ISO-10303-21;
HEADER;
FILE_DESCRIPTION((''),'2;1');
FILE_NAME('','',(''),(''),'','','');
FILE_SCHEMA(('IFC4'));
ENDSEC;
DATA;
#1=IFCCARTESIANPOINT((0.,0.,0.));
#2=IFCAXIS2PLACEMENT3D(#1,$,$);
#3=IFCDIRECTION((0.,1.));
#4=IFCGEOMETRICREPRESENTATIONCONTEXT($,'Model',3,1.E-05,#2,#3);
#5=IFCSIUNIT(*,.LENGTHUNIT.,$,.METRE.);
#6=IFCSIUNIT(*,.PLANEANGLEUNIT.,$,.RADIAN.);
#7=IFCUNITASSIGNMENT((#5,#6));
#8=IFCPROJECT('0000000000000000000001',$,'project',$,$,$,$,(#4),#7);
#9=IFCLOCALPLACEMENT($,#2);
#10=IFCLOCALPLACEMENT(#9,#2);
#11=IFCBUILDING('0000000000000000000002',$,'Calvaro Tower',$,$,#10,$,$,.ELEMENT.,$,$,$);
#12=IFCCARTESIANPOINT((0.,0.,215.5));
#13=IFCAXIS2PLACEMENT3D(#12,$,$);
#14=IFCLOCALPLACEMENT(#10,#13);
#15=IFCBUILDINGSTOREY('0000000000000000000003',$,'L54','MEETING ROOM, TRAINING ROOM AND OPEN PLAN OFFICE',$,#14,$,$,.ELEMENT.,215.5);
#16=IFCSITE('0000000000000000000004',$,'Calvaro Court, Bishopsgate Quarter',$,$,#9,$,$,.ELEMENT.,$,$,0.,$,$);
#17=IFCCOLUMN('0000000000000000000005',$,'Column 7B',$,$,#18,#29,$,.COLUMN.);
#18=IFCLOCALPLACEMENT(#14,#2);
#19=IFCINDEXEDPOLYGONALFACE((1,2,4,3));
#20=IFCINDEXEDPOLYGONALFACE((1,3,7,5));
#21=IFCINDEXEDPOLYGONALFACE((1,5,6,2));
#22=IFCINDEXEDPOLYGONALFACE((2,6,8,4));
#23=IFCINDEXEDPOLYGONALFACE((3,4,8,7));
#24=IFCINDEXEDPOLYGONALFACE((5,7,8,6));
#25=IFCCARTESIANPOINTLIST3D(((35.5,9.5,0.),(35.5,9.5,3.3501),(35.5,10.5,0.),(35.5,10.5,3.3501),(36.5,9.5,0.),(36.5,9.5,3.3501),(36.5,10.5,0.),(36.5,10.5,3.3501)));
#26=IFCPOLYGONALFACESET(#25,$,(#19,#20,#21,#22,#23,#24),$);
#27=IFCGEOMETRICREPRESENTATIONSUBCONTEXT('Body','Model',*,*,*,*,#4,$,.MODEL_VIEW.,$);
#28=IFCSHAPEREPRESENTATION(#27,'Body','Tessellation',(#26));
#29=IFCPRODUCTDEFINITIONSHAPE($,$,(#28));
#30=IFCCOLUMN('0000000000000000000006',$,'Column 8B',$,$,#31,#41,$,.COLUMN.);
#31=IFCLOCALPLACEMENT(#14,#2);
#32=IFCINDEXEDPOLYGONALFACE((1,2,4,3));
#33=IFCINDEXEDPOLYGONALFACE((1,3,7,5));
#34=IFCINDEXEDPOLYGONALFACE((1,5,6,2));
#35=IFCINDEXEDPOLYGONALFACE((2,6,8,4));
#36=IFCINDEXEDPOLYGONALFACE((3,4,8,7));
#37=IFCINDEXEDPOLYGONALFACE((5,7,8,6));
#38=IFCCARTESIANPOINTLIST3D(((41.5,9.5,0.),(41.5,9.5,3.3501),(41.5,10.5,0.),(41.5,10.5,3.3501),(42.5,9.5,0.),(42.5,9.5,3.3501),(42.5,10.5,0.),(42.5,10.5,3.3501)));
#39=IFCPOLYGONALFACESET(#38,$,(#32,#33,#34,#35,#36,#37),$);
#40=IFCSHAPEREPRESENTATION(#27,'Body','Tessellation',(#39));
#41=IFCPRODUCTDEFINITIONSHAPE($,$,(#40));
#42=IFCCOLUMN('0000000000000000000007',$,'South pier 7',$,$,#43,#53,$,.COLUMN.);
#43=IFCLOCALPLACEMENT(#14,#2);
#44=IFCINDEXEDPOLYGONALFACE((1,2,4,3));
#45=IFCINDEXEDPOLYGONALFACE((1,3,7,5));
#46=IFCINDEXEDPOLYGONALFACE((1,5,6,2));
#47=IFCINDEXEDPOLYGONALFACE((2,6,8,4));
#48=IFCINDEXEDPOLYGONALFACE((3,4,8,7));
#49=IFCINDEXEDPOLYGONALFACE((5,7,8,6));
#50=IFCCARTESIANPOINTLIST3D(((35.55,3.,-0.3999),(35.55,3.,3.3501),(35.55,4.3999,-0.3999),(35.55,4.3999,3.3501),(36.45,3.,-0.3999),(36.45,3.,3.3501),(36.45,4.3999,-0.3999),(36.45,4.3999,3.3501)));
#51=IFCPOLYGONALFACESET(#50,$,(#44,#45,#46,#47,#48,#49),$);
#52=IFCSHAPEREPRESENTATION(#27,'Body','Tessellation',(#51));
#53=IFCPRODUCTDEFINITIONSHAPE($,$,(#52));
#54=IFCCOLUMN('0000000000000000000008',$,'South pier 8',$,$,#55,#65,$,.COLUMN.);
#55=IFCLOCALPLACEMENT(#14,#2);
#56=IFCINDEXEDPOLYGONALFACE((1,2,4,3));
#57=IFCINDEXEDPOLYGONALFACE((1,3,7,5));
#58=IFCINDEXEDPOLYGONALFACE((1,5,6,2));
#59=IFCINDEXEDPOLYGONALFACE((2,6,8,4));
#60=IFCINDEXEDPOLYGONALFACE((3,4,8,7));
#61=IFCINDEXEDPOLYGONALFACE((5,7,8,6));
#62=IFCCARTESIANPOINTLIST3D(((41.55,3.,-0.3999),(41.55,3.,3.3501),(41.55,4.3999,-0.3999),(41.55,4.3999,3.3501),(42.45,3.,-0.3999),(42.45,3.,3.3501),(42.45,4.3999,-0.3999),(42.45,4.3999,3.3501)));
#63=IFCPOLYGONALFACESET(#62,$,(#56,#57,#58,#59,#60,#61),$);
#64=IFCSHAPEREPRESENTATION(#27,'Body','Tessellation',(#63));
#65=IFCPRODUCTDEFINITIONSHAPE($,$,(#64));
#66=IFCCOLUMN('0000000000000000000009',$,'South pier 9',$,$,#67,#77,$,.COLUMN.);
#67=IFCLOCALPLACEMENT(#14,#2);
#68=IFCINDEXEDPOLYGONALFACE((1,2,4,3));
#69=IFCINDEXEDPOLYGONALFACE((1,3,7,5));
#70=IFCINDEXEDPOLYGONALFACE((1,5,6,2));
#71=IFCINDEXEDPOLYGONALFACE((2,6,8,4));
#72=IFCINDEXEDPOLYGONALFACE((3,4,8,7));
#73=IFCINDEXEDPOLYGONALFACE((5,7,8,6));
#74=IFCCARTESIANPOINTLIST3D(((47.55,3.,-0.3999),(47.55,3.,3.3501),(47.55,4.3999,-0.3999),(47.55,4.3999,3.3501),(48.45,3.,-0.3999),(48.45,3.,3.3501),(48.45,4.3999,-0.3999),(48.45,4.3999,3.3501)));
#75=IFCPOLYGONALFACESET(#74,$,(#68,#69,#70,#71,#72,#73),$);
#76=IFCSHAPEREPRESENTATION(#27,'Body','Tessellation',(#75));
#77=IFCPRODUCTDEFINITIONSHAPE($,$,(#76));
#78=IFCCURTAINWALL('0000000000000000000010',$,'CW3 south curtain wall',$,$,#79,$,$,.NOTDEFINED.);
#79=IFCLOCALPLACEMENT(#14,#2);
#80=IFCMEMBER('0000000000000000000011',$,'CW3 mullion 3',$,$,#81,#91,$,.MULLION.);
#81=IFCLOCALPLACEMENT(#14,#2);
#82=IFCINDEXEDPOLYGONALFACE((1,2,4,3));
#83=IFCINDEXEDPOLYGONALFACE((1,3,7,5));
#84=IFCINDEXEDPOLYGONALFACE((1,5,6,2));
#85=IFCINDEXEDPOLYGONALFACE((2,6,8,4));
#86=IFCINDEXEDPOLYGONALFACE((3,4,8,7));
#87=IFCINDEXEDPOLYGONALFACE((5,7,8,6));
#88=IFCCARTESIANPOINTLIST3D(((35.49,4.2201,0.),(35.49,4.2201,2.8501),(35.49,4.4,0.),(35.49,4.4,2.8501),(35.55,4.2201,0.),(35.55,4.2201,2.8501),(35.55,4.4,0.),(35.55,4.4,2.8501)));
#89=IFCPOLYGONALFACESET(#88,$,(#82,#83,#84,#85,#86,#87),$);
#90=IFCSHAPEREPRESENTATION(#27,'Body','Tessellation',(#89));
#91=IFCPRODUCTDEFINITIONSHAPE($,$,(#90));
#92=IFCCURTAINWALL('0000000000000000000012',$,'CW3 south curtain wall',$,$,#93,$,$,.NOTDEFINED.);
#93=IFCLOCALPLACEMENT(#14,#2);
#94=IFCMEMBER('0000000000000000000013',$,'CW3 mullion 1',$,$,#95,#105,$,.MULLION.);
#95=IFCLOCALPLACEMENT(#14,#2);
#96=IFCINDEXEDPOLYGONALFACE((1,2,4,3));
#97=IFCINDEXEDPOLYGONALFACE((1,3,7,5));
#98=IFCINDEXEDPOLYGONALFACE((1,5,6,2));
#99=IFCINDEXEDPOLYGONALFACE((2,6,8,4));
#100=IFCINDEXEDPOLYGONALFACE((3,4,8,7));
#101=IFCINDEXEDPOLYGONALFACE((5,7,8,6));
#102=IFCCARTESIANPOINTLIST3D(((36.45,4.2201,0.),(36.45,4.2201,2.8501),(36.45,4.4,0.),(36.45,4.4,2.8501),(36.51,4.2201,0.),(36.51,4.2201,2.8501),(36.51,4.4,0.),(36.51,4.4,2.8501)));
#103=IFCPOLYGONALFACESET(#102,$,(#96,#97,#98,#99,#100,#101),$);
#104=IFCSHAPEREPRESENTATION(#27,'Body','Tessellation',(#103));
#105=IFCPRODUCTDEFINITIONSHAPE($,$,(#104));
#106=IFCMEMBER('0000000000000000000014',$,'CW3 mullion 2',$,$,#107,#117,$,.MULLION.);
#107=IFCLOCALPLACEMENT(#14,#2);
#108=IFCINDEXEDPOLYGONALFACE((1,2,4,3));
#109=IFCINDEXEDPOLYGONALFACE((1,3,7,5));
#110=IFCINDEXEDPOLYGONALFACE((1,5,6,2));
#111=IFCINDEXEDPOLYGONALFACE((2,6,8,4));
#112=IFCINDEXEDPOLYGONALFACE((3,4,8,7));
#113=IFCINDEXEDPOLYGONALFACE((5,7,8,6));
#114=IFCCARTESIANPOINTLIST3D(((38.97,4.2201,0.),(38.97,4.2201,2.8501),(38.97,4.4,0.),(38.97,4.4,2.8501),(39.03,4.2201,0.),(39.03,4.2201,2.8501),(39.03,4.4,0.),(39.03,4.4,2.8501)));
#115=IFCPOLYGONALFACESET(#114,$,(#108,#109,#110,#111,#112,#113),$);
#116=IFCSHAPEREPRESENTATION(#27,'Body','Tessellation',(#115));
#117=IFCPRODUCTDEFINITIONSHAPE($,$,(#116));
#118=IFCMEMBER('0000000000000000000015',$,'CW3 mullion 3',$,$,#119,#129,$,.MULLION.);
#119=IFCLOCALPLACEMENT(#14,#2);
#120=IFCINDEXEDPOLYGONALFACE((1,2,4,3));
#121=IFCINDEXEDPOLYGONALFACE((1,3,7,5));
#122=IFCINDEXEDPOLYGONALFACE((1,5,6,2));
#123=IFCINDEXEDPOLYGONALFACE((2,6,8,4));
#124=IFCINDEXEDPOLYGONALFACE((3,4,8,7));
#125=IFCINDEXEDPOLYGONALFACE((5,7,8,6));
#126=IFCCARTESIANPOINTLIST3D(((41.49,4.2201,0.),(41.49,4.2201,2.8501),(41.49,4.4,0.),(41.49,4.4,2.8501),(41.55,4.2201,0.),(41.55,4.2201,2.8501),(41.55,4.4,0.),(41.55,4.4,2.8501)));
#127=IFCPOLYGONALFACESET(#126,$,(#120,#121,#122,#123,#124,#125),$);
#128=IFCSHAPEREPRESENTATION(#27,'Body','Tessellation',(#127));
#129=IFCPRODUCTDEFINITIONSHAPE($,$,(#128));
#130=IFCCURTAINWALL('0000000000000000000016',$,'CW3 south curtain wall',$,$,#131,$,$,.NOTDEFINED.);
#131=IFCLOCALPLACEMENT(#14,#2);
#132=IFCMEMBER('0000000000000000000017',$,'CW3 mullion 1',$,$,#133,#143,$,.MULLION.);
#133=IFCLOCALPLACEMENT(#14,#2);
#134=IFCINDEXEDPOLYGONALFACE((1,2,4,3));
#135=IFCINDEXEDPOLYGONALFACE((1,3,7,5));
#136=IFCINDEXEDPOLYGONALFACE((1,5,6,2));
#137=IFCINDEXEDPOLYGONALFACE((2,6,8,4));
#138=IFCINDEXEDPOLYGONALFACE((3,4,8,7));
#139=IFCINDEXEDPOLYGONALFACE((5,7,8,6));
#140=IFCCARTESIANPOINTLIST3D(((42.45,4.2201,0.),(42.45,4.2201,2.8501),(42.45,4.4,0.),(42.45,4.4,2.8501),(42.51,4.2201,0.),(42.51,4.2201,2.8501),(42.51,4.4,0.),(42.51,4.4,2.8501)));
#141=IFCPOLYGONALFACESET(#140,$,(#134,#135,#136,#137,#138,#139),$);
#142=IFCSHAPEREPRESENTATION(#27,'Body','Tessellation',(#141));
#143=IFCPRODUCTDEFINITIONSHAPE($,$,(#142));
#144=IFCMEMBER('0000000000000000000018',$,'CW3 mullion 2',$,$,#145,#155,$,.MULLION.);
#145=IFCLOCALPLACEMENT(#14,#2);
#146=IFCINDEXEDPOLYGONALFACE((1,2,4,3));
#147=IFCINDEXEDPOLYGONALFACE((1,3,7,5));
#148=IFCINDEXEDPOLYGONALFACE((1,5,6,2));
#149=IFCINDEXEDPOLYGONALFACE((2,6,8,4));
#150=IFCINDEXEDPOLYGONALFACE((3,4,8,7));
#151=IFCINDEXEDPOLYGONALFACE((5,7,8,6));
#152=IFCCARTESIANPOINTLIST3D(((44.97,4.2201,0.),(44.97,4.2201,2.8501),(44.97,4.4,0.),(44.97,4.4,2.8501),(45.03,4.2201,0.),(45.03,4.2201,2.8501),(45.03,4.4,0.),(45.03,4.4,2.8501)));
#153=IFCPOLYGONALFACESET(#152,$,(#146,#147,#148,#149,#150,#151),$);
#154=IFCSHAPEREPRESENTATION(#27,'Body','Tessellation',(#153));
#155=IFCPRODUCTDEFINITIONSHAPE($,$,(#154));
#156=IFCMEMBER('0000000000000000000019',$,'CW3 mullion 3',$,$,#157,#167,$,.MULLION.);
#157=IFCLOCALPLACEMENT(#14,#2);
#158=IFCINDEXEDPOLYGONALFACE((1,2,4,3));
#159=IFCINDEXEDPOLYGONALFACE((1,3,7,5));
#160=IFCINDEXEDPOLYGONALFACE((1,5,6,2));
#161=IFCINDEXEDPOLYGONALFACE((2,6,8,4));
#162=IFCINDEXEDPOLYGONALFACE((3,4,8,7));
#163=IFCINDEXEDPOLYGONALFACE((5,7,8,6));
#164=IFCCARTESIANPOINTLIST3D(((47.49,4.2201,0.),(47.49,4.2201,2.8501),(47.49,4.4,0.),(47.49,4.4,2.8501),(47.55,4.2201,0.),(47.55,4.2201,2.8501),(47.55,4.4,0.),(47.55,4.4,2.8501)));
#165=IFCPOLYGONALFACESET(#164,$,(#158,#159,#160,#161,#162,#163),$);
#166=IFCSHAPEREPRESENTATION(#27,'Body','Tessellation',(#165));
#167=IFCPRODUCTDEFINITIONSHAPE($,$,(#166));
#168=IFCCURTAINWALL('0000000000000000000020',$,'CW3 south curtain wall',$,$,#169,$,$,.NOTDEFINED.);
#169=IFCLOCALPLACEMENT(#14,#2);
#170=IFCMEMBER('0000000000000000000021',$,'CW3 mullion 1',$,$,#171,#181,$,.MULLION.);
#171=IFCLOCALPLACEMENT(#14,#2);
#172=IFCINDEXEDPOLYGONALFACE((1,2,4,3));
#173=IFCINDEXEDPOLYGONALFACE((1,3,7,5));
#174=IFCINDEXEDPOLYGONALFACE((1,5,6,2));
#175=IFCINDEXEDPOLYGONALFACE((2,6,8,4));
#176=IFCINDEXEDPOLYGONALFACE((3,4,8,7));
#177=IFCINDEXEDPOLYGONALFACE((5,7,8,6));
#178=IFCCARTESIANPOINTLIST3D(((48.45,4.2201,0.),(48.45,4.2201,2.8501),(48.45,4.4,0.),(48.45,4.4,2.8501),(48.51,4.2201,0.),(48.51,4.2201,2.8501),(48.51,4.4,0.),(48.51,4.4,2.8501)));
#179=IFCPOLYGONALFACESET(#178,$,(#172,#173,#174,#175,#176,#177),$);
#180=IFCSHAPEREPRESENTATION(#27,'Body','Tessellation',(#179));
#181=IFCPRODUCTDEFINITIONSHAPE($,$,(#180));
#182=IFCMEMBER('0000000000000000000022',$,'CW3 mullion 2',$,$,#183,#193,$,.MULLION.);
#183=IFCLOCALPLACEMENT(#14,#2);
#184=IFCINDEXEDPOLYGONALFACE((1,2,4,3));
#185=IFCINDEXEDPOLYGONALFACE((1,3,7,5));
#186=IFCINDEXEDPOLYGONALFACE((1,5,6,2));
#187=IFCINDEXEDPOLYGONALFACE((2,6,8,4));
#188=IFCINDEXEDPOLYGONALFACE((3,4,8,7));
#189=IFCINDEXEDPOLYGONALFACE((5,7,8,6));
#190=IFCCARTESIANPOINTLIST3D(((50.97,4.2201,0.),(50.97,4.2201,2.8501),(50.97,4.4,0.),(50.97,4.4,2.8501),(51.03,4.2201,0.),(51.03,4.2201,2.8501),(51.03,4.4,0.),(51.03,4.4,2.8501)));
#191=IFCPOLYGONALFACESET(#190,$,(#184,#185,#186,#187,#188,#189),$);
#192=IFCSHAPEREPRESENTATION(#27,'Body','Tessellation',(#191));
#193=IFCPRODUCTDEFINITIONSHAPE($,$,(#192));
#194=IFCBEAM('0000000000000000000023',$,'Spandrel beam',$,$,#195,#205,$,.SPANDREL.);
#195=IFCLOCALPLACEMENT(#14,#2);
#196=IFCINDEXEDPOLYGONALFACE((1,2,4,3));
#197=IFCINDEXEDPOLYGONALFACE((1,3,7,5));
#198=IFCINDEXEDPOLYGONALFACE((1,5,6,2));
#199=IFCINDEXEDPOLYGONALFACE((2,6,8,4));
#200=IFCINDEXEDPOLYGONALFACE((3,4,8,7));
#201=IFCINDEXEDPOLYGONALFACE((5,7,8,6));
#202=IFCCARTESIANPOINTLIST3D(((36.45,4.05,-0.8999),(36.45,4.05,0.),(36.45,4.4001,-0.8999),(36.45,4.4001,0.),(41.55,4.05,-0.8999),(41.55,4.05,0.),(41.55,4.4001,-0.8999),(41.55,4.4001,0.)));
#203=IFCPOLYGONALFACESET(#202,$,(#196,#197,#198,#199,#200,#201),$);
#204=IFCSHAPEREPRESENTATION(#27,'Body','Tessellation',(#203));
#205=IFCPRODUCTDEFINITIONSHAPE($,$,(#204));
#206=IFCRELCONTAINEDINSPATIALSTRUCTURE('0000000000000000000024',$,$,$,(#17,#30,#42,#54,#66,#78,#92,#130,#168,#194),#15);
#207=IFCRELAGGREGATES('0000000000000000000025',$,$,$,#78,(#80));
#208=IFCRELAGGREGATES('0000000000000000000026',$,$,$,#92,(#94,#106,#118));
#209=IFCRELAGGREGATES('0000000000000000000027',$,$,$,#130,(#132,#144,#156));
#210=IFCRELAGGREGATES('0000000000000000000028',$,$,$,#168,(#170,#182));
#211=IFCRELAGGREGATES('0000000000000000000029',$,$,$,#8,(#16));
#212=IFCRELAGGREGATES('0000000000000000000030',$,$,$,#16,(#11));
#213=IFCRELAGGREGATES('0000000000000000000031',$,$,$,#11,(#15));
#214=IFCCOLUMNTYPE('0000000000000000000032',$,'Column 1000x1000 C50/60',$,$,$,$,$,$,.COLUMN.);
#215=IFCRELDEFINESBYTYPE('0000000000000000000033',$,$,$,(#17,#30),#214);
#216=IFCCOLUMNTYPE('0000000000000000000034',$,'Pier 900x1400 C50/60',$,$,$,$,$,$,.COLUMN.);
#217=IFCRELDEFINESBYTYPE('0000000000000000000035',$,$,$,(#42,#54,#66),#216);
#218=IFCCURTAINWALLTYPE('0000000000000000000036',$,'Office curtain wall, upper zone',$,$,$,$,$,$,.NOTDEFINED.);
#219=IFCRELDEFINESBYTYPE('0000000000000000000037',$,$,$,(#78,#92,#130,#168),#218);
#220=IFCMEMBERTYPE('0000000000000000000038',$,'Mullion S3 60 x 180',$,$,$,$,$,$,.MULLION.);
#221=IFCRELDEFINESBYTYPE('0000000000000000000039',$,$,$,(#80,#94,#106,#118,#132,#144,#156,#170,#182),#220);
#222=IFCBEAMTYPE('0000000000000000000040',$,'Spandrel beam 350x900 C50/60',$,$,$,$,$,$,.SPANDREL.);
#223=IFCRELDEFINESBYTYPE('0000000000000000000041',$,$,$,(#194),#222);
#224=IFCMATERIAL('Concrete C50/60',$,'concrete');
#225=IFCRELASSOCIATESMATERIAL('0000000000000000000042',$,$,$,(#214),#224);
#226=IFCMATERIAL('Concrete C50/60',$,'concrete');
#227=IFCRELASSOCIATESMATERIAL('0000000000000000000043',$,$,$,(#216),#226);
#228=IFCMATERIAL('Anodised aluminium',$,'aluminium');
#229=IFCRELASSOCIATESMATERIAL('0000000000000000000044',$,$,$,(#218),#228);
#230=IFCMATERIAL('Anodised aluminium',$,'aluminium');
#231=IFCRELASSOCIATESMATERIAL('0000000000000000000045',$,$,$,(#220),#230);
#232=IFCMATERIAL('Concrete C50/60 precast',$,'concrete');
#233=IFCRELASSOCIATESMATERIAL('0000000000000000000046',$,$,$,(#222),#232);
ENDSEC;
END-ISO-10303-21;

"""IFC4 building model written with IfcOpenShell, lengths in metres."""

from ifc_helpers import new_model, si_unit, direction, frame, origin, origin_2d, place, context, subcontext, project, spatial, rectangle, extrude, material, material_profile, profile_set, type_object, element, aggregate, save


model = new_model("IFC4")

# Units and contexts
model_context = context("Model", 3, precision=1e-05, world=origin(), true_north=direction((0.0, 1.0)))
body_context = subcontext(model_context, "Body", "Model", "MODEL_VIEW")
ifc_project = project(units=[si_unit("LENGTHUNIT", "METRE"), si_unit("PLANEANGLEUNIT", "RADIAN")], contexts=[model_context])

# Site, building, storey
site_placement = place(None, origin())
site = spatial("IfcSite", under=ifc_project, at=site_placement, Name="Calvaro Court, Bishopsgate Quarter", CompositionType="ELEMENT", RefElevation=0.0)
building_placement = place(site_placement, origin())
building = spatial("IfcBuilding", under=site, at=building_placement, Name="Calvaro Tower", CompositionType="ELEMENT")
storey_placement = place(building_placement, frame((0.0, 0.0, 215.5)))
storey = spatial("IfcBuildingStorey", under=building, at=storey_placement, Name="L54", Description="MEETING ROOM, TRAINING ROOM AND OPEN PLAN OFFICE", CompositionType="ELEMENT", Elevation=215.5)

# Columns
ifc_material_1 = material(Name="Concrete C50/60", Category="concrete")
ifc_material_profile_1 = material_profile(ifc_material_1, rectangle(XDim=1.0, YDim=1.0, at=origin_2d()), Name="RC 1000x1000")
ifc_profile_set_1 = profile_set([ifc_material_profile_1], Name="Concrete C50/60")
column_type_1 = type_object("IfcColumnType", Name="Column 1000x1000 C50/60", PredefinedType="COLUMN", material=ifc_profile_set_1)
for number, where, z_axis, x_axis, name in (
    (1, (36.0, 10.0, 0.0), (0.0, 0.0, 1.0), (1.0, 0.0, 0.0), "Column 7B"),
    (2, (42.0, 10.0, 0.0), (0.0, 0.0, 1.0), (1.0, 0.0, 0.0), "Column 8B"),
):
    element("IfcColumn", number, at=place(storey_placement, frame(where, z_axis=z_axis, x_axis=x_axis)), inside=storey, type_object=column_type_1, Name=name, PredefinedType="COLUMN", context=body_context, shape_type="SweptSolid", body=[
        extrude(rectangle(XDim=1.0, YDim=1.0, at=origin_2d()), origin(), (0.0, 0.0, 1.0), 3.3501),
    ])
ifc_material_2 = material(Name="Concrete C50/60", Category="concrete")
ifc_material_profile_2 = material_profile(ifc_material_2, rectangle(XDim=0.8999, YDim=1.3999, at=origin_2d()), Name="RC 900x1400")
ifc_profile_set_2 = profile_set([ifc_material_profile_2], Name="Concrete C50/60")
column_type_2 = type_object("IfcColumnType", Name="Pier 900x1400 C50/60", PredefinedType="COLUMN", material=ifc_profile_set_2)
for number, where, z_axis, x_axis, name in (
    (3, (36.0, 3.7, -0.3999), (0.0, 0.0, 1.0), (1.0, 0.0, 0.0), "South pier 7"),
    (4, (42.0, 3.7, -0.3999), (0.0, 0.0, 1.0), (1.0, 0.0, 0.0), "South pier 8"),
    (5, (48.0, 3.7, -0.3999), (0.0, 0.0, 1.0), (1.0, 0.0, 0.0), "South pier 9"),
):
    element("IfcColumn", number, at=place(storey_placement, frame(where, z_axis=z_axis, x_axis=x_axis)), inside=storey, type_object=column_type_2, Name=name, PredefinedType="COLUMN", context=body_context, shape_type="SweptSolid", body=[
        extrude(rectangle(XDim=0.8999, YDim=1.3999, at=origin_2d()), origin(), (0.0, 0.0, 1.0), 3.75),
    ])

# Curtain wall, member
ifc_material_3 = material(Name="Anodised aluminium", Category="aluminium")
curtain_wall_type = type_object("IfcCurtainWallType", Name="Office curtain wall, upper zone", PredefinedType="NOTDEFINED", material=ifc_material_3)
curtain_wall_1_placement = place(storey_placement, origin())
curtain_wall_1 = element("IfcCurtainWall", 6, at=curtain_wall_1_placement, inside=storey, type_object=curtain_wall_type, Name="CW3 south curtain wall", PredefinedType="NOTDEFINED")
ifc_material_4 = material(Name="Anodised aluminium", Category="aluminium")
ifc_material_profile_3 = material_profile(ifc_material_4, rectangle(XDim=0.1799, YDim=0.0601, at=origin_2d()), Name="Mullion S3 60 x 180")
ifc_profile_set_3 = profile_set([ifc_material_profile_3], Name="Anodised aluminium")
member_type_1 = type_object("IfcMemberType", Name="Mullion S3 60 x 180", PredefinedType="MULLION", material=ifc_profile_set_3)
member_1_placement = place(storey_placement, frame((35.52, 4.3101, 0.0), z_axis=(0.0, 0.0, 1.0), x_axis=(0.0, 1.0, 0.0)))
member_1 = element("IfcMember", 7, at=member_1_placement, type_object=member_type_1, Name="CW3 mullion 3", PredefinedType="MULLION", context=body_context, shape_type="SweptSolid", body=[
    extrude(rectangle(XDim=0.1799, YDim=0.0601, at=origin_2d()), origin(), (0.0, 0.0, 1.0), 2.8501),
])
aggregate(curtain_wall_1, [member_1])

# Curtain walls, members
curtain_wall_2_placement = place(storey_placement, origin())
curtain_wall_2 = element("IfcCurtainWall", 8, at=curtain_wall_2_placement, inside=storey, type_object=curtain_wall_type, Name="CW3 south curtain wall", PredefinedType="NOTDEFINED")
member_2_placement = place(storey_placement, frame((36.48, 4.3101, 0.0), z_axis=(0.0, 0.0, 1.0), x_axis=(0.0, 1.0, 0.0)))
member_2 = element("IfcMember", 9, at=member_2_placement, type_object=member_type_1, Name="CW3 mullion 1", PredefinedType="MULLION", context=body_context, shape_type="SweptSolid", body=[
    extrude(rectangle(XDim=0.1799, YDim=0.0601, at=origin_2d()), origin(), (0.0, 0.0, 1.0), 2.8501),
])
member_3_placement = place(storey_placement, frame((39.0, 4.3101, 0.0), z_axis=(0.0, 0.0, 1.0), x_axis=(0.0, 1.0, 0.0)))
member_3 = element("IfcMember", 10, at=member_3_placement, type_object=member_type_1, Name="CW3 mullion 2", PredefinedType="MULLION", context=body_context, shape_type="SweptSolid", body=[
    extrude(rectangle(XDim=0.1799, YDim=0.0601, at=origin_2d()), origin(), (0.0, 0.0, 1.0), 2.8501),
])
member_4_placement = place(storey_placement, frame((41.52, 4.3101, 0.0), z_axis=(0.0, 0.0, 1.0), x_axis=(0.0, 1.0, 0.0)))
member_4 = element("IfcMember", 11, at=member_4_placement, type_object=member_type_1, Name="CW3 mullion 3", PredefinedType="MULLION", context=body_context, shape_type="SweptSolid", body=[
    extrude(rectangle(XDim=0.1799, YDim=0.0601, at=origin_2d()), origin(), (0.0, 0.0, 1.0), 2.8501),
])
curtain_wall_3_placement = place(storey_placement, origin())
curtain_wall_3 = element("IfcCurtainWall", 12, at=curtain_wall_3_placement, inside=storey, type_object=curtain_wall_type, Name="CW3 south curtain wall", PredefinedType="NOTDEFINED")
member_5_placement = place(storey_placement, frame((42.48, 4.3101, 0.0), z_axis=(0.0, 0.0, 1.0), x_axis=(0.0, 1.0, 0.0)))
member_5 = element("IfcMember", 13, at=member_5_placement, type_object=member_type_1, Name="CW3 mullion 1", PredefinedType="MULLION", context=body_context, shape_type="SweptSolid", body=[
    extrude(rectangle(XDim=0.1799, YDim=0.0601, at=origin_2d()), origin(), (0.0, 0.0, 1.0), 2.8501),
])
member_6_placement = place(storey_placement, frame((45.0, 4.3101, 0.0), z_axis=(0.0, 0.0, 1.0), x_axis=(0.0, 1.0, 0.0)))
member_6 = element("IfcMember", 14, at=member_6_placement, type_object=member_type_1, Name="CW3 mullion 2", PredefinedType="MULLION", context=body_context, shape_type="SweptSolid", body=[
    extrude(rectangle(XDim=0.1799, YDim=0.0601, at=origin_2d()), origin(), (0.0, 0.0, 1.0), 2.8501),
])
member_7_placement = place(storey_placement, frame((47.52, 4.3101, 0.0), z_axis=(0.0, 0.0, 1.0), x_axis=(0.0, 1.0, 0.0)))
member_7 = element("IfcMember", 15, at=member_7_placement, type_object=member_type_1, Name="CW3 mullion 3", PredefinedType="MULLION", context=body_context, shape_type="SweptSolid", body=[
    extrude(rectangle(XDim=0.1799, YDim=0.0601, at=origin_2d()), origin(), (0.0, 0.0, 1.0), 2.8501),
])
curtain_wall_4_placement = place(storey_placement, origin())
curtain_wall_4 = element("IfcCurtainWall", 16, at=curtain_wall_4_placement, inside=storey, type_object=curtain_wall_type, Name="CW3 south curtain wall", PredefinedType="NOTDEFINED")
member_8_placement = place(storey_placement, frame((48.48, 4.3101, 0.0), z_axis=(0.0, 0.0, 1.0), x_axis=(0.0, 1.0, 0.0)))
member_8 = element("IfcMember", 17, at=member_8_placement, type_object=member_type_1, Name="CW3 mullion 1", PredefinedType="MULLION", context=body_context, shape_type="SweptSolid", body=[
    extrude(rectangle(XDim=0.1799, YDim=0.0601, at=origin_2d()), origin(), (0.0, 0.0, 1.0), 2.8501),
])
member_9_placement = place(storey_placement, frame((51.0, 4.3101, 0.0), z_axis=(0.0, 0.0, 1.0), x_axis=(0.0, 1.0, 0.0)))
member_9 = element("IfcMember", 18, at=member_9_placement, type_object=member_type_1, Name="CW3 mullion 2", PredefinedType="MULLION", context=body_context, shape_type="SweptSolid", body=[
    extrude(rectangle(XDim=0.1799, YDim=0.0601, at=origin_2d()), origin(), (0.0, 0.0, 1.0), 2.8501),
])

# Beam
ifc_material_5 = material(Name="Concrete C50/60 precast", Category="concrete")
ifc_material_profile_4 = material_profile(ifc_material_5, rectangle(XDim=0.3501, YDim=0.8999, at=origin_2d()), Name="RC 350x900")
ifc_profile_set_4 = profile_set([ifc_material_profile_4], Name="Concrete C50/60 precast")
beam_type = type_object("IfcBeamType", Name="Spandrel beam 350x900 C50/60", PredefinedType="SPANDREL", material=ifc_profile_set_4)
for number, where, z_axis, x_axis, name in (
    (19, (36.45, 4.2251, -0.45), (1.0, 0.0, 0.0), (0.0, 1.0, 0.0), "Spandrel beam"),
):
    element("IfcBeam", number, at=place(storey_placement, frame(where, z_axis=z_axis, x_axis=x_axis)), inside=storey, type_object=beam_type, Name=name, PredefinedType="SPANDREL", context=body_context, shape_type="SweptSolid", body=[
        extrude(rectangle(XDim=0.3501, YDim=0.8999, at=origin_2d()), origin(), (0.0, 0.0, 1.0), 5.1001),
    ])

aggregate(curtain_wall_2, [member_2, member_3, member_4])
aggregate(curtain_wall_3, [member_5, member_6, member_7])
aggregate(curtain_wall_4, [member_8, member_9])

save(model, "model.ifc")
